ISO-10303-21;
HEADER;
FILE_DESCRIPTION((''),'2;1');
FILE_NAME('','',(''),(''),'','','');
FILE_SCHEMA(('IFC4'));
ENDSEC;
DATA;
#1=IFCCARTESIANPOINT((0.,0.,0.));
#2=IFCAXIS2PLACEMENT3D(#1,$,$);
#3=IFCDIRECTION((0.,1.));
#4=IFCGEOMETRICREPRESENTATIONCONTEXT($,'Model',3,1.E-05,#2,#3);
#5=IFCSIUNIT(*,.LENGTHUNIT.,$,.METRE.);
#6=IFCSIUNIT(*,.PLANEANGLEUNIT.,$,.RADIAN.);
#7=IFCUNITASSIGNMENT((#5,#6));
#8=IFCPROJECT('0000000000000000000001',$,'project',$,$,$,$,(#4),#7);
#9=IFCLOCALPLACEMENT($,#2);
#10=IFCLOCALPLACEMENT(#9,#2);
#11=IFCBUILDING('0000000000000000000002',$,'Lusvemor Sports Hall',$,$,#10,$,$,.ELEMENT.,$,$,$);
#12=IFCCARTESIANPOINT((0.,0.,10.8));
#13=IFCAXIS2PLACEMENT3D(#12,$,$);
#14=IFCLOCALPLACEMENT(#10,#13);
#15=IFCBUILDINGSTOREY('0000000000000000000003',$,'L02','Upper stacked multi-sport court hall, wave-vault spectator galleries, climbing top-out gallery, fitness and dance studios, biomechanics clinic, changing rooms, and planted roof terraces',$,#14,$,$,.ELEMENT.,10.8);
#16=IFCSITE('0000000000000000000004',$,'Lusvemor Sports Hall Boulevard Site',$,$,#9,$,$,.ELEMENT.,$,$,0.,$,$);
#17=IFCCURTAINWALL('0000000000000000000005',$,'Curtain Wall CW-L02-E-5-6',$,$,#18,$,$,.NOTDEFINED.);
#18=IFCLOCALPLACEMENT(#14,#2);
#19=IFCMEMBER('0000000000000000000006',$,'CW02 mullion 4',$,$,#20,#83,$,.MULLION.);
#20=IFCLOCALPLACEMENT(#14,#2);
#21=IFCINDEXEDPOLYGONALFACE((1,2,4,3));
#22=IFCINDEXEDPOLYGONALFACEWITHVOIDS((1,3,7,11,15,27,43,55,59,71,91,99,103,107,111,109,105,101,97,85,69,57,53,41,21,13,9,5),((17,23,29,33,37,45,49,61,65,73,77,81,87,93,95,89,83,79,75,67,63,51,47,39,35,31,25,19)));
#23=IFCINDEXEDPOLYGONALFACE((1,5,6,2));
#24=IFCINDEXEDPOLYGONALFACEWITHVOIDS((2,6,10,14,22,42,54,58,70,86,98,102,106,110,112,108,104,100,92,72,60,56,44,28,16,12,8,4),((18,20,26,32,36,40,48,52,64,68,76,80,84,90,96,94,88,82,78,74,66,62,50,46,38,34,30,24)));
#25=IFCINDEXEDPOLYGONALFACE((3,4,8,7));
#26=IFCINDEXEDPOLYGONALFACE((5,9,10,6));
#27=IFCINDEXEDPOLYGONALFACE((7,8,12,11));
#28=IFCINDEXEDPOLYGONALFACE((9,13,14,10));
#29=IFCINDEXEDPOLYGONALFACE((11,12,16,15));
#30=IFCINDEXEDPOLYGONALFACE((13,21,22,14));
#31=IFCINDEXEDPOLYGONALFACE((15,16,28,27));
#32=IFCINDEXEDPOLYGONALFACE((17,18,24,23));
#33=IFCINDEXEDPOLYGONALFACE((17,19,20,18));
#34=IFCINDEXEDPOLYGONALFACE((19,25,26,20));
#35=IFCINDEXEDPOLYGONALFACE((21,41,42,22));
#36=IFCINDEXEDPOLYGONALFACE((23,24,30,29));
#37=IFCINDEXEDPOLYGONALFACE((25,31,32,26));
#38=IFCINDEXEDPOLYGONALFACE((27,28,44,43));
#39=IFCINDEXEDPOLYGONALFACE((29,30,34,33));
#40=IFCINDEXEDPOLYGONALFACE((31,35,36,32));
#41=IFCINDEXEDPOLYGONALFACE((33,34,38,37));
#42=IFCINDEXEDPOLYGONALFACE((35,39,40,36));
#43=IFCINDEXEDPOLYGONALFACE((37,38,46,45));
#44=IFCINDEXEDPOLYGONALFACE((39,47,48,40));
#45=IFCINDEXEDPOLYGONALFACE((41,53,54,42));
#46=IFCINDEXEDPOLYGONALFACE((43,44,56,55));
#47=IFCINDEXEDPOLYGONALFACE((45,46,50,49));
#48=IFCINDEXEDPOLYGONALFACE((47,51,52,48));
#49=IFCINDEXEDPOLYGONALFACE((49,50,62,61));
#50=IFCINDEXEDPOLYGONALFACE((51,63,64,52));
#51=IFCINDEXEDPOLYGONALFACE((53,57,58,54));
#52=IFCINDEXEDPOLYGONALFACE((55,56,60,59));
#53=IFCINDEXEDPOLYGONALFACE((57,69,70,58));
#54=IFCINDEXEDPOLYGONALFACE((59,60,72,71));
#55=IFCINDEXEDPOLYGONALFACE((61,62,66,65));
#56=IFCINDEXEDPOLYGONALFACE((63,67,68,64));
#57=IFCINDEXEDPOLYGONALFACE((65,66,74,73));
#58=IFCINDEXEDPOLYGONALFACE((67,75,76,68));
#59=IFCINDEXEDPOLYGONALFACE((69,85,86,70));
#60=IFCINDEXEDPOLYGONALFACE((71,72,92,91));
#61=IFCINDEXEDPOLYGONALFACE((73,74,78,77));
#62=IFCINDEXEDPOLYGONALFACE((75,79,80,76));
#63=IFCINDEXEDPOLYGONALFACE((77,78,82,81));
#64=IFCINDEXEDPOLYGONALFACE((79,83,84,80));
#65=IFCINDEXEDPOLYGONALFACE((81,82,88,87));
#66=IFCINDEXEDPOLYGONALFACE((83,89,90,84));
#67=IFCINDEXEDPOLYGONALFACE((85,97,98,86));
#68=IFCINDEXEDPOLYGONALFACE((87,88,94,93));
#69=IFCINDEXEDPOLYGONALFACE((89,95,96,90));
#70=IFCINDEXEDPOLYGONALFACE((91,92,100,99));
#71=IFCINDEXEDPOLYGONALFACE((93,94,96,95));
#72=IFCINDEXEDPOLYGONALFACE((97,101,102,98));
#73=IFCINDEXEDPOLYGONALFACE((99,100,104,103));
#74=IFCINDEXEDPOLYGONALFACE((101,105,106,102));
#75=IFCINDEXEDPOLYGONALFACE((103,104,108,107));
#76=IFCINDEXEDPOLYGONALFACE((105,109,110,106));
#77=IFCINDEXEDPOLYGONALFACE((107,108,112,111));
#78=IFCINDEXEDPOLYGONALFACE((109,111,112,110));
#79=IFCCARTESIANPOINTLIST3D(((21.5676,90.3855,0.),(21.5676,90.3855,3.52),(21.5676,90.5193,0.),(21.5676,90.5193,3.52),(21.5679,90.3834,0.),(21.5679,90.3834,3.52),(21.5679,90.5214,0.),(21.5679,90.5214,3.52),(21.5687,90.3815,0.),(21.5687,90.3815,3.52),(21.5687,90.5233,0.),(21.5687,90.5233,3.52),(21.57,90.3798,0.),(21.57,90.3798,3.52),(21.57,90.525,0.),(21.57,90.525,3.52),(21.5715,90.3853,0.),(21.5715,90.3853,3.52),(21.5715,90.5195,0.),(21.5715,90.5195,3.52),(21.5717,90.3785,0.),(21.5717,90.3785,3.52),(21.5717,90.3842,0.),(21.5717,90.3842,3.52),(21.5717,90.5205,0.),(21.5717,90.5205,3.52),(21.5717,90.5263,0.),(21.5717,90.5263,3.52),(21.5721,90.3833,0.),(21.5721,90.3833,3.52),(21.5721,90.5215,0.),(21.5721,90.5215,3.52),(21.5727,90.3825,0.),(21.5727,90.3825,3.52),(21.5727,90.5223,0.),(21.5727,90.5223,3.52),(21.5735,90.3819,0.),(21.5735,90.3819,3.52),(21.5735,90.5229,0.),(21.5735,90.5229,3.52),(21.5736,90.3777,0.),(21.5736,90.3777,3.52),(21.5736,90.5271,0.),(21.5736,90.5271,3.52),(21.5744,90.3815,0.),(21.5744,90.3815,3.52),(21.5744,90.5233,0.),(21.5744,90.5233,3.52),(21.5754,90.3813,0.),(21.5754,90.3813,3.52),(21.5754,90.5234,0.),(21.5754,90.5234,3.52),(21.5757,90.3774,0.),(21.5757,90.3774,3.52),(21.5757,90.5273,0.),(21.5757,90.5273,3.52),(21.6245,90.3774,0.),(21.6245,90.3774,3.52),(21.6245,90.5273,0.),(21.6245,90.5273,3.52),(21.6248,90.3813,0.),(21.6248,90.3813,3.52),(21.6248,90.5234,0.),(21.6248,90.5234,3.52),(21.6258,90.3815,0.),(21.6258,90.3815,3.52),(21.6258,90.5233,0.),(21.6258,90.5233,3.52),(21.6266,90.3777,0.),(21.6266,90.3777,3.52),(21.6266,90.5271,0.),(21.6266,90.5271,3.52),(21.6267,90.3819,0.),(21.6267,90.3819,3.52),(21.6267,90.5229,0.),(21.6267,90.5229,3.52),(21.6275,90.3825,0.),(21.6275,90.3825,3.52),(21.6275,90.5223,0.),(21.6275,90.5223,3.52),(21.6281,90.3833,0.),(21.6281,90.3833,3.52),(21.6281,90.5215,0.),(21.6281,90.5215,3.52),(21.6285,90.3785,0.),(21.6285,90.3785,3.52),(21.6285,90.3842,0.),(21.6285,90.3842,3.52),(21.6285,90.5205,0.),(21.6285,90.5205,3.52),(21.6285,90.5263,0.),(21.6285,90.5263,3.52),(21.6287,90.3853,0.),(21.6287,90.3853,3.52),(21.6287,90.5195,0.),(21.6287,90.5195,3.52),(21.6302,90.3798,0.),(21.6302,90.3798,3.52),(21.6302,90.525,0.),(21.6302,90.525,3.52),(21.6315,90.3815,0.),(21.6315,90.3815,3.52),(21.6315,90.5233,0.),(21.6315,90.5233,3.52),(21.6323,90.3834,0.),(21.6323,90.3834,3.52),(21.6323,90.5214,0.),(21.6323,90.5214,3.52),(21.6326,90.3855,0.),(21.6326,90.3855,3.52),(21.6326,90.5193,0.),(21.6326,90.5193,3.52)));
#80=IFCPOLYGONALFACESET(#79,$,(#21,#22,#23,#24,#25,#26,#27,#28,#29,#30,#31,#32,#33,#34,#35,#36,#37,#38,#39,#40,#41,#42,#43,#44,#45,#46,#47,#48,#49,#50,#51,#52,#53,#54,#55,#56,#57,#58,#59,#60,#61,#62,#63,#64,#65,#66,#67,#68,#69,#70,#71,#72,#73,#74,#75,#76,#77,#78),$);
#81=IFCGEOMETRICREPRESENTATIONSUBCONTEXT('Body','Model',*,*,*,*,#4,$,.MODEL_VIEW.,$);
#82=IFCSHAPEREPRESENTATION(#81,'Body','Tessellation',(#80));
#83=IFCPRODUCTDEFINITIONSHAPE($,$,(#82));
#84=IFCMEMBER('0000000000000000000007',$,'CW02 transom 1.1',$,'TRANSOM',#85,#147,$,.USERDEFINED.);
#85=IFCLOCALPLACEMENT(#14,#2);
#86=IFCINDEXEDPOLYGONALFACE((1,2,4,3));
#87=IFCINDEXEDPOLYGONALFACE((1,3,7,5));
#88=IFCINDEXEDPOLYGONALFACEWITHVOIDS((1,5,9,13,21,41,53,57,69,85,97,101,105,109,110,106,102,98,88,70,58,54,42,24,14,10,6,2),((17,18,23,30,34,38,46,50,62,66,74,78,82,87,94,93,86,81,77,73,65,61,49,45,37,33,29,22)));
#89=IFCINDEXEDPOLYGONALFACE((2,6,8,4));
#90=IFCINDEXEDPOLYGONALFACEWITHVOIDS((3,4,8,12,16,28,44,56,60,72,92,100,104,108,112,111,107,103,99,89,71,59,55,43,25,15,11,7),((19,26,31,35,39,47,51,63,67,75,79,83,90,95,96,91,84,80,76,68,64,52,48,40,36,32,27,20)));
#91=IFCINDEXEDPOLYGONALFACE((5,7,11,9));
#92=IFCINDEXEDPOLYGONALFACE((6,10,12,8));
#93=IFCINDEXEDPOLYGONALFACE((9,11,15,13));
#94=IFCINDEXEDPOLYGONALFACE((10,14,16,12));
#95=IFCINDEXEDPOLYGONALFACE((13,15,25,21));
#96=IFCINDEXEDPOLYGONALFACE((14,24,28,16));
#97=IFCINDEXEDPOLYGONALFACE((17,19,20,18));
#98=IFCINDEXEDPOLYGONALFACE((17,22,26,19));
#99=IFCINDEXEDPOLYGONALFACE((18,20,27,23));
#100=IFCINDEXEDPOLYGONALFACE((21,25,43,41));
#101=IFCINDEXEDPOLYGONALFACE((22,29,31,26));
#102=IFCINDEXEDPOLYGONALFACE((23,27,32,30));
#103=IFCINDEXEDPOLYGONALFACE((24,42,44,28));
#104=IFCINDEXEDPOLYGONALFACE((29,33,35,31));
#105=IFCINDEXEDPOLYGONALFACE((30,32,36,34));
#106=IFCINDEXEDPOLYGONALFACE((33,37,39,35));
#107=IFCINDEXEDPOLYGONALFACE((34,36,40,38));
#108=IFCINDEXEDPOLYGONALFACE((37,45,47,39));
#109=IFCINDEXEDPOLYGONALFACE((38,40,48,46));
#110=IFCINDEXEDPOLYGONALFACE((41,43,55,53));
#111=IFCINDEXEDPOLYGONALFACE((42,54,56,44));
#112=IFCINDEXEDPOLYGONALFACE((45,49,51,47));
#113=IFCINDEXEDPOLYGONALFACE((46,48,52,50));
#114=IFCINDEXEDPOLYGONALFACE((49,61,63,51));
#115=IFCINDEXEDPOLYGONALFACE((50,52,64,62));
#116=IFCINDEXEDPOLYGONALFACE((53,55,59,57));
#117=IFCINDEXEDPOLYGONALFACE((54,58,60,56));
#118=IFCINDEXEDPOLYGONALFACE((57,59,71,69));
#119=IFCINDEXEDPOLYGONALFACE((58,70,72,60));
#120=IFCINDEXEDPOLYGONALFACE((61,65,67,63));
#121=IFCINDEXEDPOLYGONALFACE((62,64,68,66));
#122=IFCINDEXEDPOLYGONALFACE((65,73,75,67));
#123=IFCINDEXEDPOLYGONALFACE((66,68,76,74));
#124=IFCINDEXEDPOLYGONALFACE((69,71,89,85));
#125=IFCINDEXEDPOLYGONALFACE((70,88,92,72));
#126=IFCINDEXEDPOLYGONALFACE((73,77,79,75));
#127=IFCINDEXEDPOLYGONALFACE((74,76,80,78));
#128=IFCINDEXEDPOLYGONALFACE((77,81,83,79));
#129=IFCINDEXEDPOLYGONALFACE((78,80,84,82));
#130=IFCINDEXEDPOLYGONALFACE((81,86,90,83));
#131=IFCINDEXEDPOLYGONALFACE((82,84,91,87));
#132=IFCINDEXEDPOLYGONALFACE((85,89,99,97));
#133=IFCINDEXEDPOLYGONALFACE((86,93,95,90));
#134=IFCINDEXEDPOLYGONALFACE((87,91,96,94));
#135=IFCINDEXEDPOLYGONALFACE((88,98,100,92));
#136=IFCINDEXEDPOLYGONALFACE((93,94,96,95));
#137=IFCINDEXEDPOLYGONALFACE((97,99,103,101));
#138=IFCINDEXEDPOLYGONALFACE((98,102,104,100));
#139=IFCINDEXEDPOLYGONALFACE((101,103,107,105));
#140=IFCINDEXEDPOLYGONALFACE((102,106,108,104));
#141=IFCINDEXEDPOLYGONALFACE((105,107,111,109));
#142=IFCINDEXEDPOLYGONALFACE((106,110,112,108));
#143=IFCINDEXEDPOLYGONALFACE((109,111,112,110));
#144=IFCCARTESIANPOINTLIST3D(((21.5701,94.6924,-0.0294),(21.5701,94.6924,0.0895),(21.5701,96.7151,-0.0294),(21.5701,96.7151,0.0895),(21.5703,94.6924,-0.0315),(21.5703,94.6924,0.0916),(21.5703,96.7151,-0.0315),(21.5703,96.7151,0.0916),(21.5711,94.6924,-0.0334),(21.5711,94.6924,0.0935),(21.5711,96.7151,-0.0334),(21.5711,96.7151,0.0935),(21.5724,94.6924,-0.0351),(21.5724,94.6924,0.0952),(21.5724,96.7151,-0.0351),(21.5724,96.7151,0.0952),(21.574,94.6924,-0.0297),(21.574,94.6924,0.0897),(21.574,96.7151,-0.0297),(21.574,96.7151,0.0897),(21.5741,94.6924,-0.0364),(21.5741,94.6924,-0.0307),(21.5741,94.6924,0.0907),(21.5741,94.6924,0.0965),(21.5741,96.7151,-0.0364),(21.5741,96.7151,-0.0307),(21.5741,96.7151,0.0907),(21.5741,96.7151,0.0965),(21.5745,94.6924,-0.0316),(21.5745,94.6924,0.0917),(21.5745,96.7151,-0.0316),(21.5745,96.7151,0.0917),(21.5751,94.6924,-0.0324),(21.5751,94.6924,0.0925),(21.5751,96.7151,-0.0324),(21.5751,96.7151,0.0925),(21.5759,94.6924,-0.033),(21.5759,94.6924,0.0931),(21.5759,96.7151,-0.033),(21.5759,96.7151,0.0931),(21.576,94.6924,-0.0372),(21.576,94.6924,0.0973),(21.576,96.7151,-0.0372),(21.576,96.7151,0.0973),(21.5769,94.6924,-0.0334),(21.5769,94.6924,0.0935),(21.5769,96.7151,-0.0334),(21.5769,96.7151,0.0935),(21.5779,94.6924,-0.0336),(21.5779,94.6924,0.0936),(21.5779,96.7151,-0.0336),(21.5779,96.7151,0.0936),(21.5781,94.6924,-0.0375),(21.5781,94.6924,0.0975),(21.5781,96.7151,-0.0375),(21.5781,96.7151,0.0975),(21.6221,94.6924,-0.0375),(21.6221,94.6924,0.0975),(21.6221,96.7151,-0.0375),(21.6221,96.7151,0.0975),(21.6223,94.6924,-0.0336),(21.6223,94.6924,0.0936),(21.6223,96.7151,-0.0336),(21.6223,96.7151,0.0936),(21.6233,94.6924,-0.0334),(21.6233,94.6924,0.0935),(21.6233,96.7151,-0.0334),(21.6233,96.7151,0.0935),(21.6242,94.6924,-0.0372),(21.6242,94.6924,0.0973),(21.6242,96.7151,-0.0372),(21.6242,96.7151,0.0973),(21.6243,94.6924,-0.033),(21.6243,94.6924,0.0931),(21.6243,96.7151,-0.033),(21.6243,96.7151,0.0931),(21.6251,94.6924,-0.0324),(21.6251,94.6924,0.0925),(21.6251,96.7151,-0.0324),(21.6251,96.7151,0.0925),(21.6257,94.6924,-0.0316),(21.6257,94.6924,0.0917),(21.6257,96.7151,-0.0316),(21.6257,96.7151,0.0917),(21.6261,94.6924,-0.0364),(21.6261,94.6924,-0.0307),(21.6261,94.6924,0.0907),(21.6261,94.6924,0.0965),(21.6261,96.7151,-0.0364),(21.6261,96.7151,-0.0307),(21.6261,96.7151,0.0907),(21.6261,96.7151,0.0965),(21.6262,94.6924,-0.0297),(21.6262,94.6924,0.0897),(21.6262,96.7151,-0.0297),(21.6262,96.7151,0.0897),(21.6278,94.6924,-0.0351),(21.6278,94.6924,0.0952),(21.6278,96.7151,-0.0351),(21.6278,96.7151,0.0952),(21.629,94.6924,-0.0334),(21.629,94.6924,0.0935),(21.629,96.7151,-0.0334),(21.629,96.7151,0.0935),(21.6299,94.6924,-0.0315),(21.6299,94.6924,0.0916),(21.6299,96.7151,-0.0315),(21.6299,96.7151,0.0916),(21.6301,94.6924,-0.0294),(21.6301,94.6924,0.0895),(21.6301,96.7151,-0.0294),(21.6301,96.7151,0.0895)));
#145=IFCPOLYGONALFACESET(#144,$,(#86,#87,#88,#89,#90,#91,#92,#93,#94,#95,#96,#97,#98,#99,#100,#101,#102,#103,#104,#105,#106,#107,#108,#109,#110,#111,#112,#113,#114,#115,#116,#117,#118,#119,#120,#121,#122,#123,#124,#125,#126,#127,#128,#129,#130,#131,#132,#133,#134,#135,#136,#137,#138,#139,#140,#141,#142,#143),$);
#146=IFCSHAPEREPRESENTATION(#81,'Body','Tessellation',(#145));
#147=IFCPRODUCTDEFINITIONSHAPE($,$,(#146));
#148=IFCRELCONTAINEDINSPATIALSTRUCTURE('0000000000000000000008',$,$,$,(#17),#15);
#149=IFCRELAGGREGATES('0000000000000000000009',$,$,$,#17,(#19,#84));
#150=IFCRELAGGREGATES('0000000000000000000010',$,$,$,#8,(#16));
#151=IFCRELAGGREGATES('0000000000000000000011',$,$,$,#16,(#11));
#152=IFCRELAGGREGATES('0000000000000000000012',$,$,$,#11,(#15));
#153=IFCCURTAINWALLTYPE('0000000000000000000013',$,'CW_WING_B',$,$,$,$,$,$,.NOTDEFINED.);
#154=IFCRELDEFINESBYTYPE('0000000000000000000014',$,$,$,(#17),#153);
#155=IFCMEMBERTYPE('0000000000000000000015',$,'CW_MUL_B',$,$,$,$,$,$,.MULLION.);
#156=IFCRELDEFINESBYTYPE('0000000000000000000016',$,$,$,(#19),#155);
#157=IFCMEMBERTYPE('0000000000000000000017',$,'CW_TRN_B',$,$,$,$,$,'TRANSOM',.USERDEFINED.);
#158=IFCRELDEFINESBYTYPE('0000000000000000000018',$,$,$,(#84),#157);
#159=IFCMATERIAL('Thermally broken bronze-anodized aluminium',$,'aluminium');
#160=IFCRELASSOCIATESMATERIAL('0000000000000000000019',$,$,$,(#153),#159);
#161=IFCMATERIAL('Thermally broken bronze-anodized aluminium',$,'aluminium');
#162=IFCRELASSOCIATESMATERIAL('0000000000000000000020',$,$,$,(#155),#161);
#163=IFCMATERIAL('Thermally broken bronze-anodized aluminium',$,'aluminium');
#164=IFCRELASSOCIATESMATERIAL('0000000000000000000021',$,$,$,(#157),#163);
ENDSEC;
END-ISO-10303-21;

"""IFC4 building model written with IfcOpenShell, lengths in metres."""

from ifc_helpers import new_model, si_unit, direction, frame, origin, origin_2d, place, context, subcontext, project, spatial, hollow_rectangle, extrude, material, material_profile, profile_set, type_object, element, aggregate, save


model = new_model("IFC4")

# Units and contexts
model_context = context("Model", 3, precision=1e-05, world=origin(), true_north=direction((0.0, 1.0)))
body_context = subcontext(model_context, "Body", "Model", "MODEL_VIEW")
ifc_project = project(units=[si_unit("LENGTHUNIT", "METRE"), si_unit("PLANEANGLEUNIT", "RADIAN")], contexts=[model_context])

# Site, building, storey
site_placement = place(None, origin())
site = spatial("IfcSite", under=ifc_project, at=site_placement, Name="Lusvemor Sports Hall Boulevard Site", CompositionType="ELEMENT", RefElevation=0.0)
building_placement = place(site_placement, origin())
building = spatial("IfcBuilding", under=site, at=building_placement, Name="Lusvemor Sports Hall", CompositionType="ELEMENT")
storey_placement = place(building_placement, frame((0.0, 0.0, 10.8)))
storey = spatial("IfcBuildingStorey", under=building, at=storey_placement, Name="L02", Description="Upper stacked multi-sport court hall, wave-vault spectator galleries, climbing top-out gallery, fitness and dance studios, biomechanics clinic, changing rooms, and planted roof terraces", CompositionType="ELEMENT", Elevation=10.8)

# Curtain wall, members
ifc_material_1 = material(Name="Thermally broken bronze-anodized aluminium", Category="aluminium")
curtain_wall_type = type_object("IfcCurtainWallType", Name="CW_WING_B", PredefinedType="NOTDEFINED", material=ifc_material_1)
curtain_wall_placement = place(storey_placement, origin())
curtain_wall = element("IfcCurtainWall", 1, at=curtain_wall_placement, inside=storey, type_object=curtain_wall_type, Name="Curtain Wall CW-L02-E-5-6", PredefinedType="NOTDEFINED")
ifc_material_2 = material(Name="Thermally broken bronze-anodized aluminium", Category="aluminium")
ifc_material_profile_1 = material_profile(ifc_material_2, hollow_rectangle(XDim=0.0649, YDim=0.1499, WallThickness=0.0039, InnerFilletRadius=0.0039, OuterFilletRadius=0.0081, at=origin_2d()), Name="CWMUL150x65x4")
ifc_profile_set_1 = profile_set([ifc_material_profile_1], Name="Thermally broken bronze-anodized aluminium")
member_type_1 = type_object("IfcMemberType", Name="CW_MUL_B", PredefinedType="MULLION", material=ifc_profile_set_1)
member_1_placement = place(storey_placement, frame((21.6001, 90.4524, 0.0), z_axis=(0.0, 0.0, 1.0), x_axis=(1.0, 0.0, 0.0)))
member_1 = element("IfcMember", 2, at=member_1_placement, type_object=member_type_1, Name="CW02 mullion 4", PredefinedType="MULLION", context=body_context, shape_type="SweptSolid", body=[
    extrude(hollow_rectangle(XDim=0.0649, YDim=0.1499, WallThickness=0.0039, InnerFilletRadius=0.0039, OuterFilletRadius=0.0081, at=origin_2d()), origin(), (0.0, 0.0, 1.0), 3.52),
])
ifc_material_3 = material(Name="Thermally broken bronze-anodized aluminium", Category="aluminium")
ifc_material_profile_2 = material_profile(ifc_material_3, hollow_rectangle(XDim=0.0601, YDim=0.135, WallThickness=0.0039, InnerFilletRadius=0.0039, OuterFilletRadius=0.0081, at=origin_2d()), Name="CWTRN135x60x4")
ifc_profile_set_2 = profile_set([ifc_material_profile_2], Name="Thermally broken bronze-anodized aluminium")
member_type_2 = type_object("IfcMemberType", Name="CW_TRN_B", ElementType="TRANSOM", PredefinedType="USERDEFINED", material=ifc_profile_set_2)
member_2_placement = place(storey_placement, frame((21.6001, 96.7151, 0.03), z_axis=(0.0, -1.0, 0.0), x_axis=(1.0, 0.0, 0.0)))
member_2 = element("IfcMember", 3, at=member_2_placement, type_object=member_type_2, Name="CW02 transom 1.1", ObjectType="TRANSOM", PredefinedType="USERDEFINED", context=body_context, shape_type="SweptSolid", body=[
    extrude(hollow_rectangle(XDim=0.0601, YDim=0.135, WallThickness=0.0039, InnerFilletRadius=0.0039, OuterFilletRadius=0.0081, at=origin_2d()), origin(), (0.0, 0.0, 1.0), 2.0227),
])

aggregate(curtain_wall, [member_1, member_2])

save(model, "model.ifc")
